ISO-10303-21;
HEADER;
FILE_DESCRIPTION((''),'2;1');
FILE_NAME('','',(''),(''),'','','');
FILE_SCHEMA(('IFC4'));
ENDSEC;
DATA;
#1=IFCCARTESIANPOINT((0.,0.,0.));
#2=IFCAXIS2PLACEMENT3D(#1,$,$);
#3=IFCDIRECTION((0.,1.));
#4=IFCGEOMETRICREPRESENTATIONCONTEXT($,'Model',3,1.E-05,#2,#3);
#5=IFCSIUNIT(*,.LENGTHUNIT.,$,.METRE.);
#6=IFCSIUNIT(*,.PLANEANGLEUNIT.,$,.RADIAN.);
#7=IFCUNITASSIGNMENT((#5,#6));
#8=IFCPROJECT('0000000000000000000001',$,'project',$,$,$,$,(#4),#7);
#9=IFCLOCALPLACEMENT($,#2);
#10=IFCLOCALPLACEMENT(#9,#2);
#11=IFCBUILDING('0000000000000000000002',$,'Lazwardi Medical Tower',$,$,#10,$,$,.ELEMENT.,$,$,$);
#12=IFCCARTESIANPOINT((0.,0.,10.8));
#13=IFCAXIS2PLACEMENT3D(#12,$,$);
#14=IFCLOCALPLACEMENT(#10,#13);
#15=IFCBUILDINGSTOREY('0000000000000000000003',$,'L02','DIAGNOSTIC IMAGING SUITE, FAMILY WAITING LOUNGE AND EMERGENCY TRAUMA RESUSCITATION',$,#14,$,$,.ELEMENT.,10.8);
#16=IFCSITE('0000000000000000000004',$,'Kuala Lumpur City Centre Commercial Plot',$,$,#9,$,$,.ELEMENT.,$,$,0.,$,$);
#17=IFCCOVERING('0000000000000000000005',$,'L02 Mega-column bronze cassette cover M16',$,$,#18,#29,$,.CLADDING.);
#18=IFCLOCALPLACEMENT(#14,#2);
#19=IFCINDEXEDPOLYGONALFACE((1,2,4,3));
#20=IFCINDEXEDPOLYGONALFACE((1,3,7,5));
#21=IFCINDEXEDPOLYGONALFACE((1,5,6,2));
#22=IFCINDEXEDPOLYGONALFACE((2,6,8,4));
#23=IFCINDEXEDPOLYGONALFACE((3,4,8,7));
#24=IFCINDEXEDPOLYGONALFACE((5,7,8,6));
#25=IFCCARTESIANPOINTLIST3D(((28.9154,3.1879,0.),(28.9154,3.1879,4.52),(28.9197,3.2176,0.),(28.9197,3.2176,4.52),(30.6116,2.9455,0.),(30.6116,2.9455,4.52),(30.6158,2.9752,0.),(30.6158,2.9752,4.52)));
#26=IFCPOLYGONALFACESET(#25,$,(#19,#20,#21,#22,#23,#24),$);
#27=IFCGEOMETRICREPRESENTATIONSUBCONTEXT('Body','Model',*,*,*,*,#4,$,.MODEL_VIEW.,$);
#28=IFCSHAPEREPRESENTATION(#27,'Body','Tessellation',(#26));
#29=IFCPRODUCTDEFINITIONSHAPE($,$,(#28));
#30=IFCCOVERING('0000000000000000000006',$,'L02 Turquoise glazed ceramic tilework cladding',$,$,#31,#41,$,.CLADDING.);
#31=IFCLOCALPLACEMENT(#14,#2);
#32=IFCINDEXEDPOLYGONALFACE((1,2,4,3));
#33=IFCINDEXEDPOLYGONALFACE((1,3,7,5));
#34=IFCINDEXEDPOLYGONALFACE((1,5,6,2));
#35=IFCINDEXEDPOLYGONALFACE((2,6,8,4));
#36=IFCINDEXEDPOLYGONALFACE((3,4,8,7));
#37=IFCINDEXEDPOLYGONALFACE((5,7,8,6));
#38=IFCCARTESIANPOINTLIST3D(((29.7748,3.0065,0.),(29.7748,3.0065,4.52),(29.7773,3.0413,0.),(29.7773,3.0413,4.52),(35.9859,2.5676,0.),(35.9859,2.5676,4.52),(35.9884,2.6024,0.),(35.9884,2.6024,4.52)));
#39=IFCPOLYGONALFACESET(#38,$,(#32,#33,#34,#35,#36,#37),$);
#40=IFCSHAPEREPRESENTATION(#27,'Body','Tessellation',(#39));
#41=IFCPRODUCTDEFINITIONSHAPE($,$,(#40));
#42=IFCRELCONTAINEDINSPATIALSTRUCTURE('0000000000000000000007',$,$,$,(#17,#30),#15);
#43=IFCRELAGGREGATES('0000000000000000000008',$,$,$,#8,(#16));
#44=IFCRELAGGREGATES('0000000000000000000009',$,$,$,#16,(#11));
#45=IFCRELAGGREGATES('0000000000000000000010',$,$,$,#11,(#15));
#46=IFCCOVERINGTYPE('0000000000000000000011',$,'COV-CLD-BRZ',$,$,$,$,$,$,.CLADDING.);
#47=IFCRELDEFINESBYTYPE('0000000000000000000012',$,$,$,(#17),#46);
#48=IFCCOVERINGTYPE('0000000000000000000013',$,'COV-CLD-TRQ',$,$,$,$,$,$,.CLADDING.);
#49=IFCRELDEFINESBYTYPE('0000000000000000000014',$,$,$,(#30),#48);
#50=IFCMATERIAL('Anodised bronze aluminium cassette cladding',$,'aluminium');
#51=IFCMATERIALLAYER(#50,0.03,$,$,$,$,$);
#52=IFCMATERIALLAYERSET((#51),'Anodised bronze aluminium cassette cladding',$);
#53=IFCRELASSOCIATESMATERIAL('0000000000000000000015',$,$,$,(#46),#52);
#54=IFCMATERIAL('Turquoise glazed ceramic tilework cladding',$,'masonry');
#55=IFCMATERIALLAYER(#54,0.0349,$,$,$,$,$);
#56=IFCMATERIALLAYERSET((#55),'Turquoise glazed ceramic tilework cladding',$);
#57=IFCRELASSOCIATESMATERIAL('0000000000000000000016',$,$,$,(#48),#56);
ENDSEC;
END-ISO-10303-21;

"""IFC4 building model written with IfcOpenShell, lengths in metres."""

from ifc_helpers import new_model, si_unit, direction, frame, origin, origin_2d, place, context, subcontext, project, spatial, rectangle, extrude, material, layer, layer_set, type_object, element, save


model = new_model("IFC4")

# Units and contexts
model_context = context("Model", 3, precision=1e-05, world=origin(), true_north=direction((0.0, 1.0)))
body_context = subcontext(model_context, "Body", "Model", "MODEL_VIEW")
ifc_project = project(units=[si_unit("LENGTHUNIT", "METRE"), si_unit("PLANEANGLEUNIT", "RADIAN")], contexts=[model_context])

# Site, building, storey
site_placement = place(None, origin())
site = spatial("IfcSite", under=ifc_project, at=site_placement, Name="Kuala Lumpur City Centre Commercial Plot", CompositionType="ELEMENT", RefElevation=0.0)
building_placement = place(site_placement, origin())
building = spatial("IfcBuilding", under=site, at=building_placement, Name="Lazwardi Medical Tower", CompositionType="ELEMENT")
storey_placement = place(building_placement, frame((0.0, 0.0, 10.8)))
storey = spatial("IfcBuildingStorey", under=building, at=storey_placement, Name="L02", Description="DIAGNOSTIC IMAGING SUITE, FAMILY WAITING LOUNGE AND EMERGENCY TRAUMA RESUSCITATION", CompositionType="ELEMENT", Elevation=10.8)

# Coverings
ifc_material_1 = material(Name="Anodised bronze aluminium cassette cladding", Category="aluminium")
ifc_layer_1 = layer(ifc_material_1, 0.03)
ifc_layer_set_1 = layer_set([ifc_layer_1], Name="Anodised bronze aluminium cassette cladding")
covering_type_1 = type_object("IfcCoveringType", Name="COV-CLD-BRZ", PredefinedType="CLADDING", material=ifc_layer_set_1)
covering_1_placement = place(storey_placement, frame((29.7656, 3.0815, 0.0), z_axis=(0.0, 0.0, 1.0), x_axis=(0.989943, -0.14147, 0.0)))
element("IfcCovering", 1, at=covering_1_placement, inside=storey, type_object=covering_type_1, Name="L02 Mega-column bronze cassette cover M16", PredefinedType="CLADDING", context=body_context, shape_type="SweptSolid", body=[
    extrude(rectangle(XDim=1.7134, YDim=0.03, at=origin_2d()), origin(), (0.0, 0.0, 1.0), 4.52),
])
ifc_material_2 = material(Name="Turquoise glazed ceramic tilework cladding", Category="masonry")
ifc_layer_2 = layer(ifc_material_2, 0.0349)
ifc_layer_set_2 = layer_set([ifc_layer_2], Name="Turquoise glazed ceramic tilework cladding")
covering_type_2 = type_object("IfcCoveringType", Name="COV-CLD-TRQ", PredefinedType="CLADDING", material=ifc_layer_set_2)
covering_2_placement = place(storey_placement, frame((32.8816, 2.8044, 0.0), z_axis=(0.0, 0.0, 1.0), x_axis=(0.997513, -0.070488, 0.0)))
element("IfcCovering", 2, at=covering_2_placement, inside=storey, type_object=covering_type_2, Name="L02 Turquoise glazed ceramic tilework cladding", PredefinedType="CLADDING", context=body_context, shape_type="SweptSolid", body=[
    extrude(rectangle(XDim=6.2266, YDim=0.0349, at=origin_2d()), origin(), (0.0, 0.0, 1.0), 4.52),
])

save(model, "model.ifc")
